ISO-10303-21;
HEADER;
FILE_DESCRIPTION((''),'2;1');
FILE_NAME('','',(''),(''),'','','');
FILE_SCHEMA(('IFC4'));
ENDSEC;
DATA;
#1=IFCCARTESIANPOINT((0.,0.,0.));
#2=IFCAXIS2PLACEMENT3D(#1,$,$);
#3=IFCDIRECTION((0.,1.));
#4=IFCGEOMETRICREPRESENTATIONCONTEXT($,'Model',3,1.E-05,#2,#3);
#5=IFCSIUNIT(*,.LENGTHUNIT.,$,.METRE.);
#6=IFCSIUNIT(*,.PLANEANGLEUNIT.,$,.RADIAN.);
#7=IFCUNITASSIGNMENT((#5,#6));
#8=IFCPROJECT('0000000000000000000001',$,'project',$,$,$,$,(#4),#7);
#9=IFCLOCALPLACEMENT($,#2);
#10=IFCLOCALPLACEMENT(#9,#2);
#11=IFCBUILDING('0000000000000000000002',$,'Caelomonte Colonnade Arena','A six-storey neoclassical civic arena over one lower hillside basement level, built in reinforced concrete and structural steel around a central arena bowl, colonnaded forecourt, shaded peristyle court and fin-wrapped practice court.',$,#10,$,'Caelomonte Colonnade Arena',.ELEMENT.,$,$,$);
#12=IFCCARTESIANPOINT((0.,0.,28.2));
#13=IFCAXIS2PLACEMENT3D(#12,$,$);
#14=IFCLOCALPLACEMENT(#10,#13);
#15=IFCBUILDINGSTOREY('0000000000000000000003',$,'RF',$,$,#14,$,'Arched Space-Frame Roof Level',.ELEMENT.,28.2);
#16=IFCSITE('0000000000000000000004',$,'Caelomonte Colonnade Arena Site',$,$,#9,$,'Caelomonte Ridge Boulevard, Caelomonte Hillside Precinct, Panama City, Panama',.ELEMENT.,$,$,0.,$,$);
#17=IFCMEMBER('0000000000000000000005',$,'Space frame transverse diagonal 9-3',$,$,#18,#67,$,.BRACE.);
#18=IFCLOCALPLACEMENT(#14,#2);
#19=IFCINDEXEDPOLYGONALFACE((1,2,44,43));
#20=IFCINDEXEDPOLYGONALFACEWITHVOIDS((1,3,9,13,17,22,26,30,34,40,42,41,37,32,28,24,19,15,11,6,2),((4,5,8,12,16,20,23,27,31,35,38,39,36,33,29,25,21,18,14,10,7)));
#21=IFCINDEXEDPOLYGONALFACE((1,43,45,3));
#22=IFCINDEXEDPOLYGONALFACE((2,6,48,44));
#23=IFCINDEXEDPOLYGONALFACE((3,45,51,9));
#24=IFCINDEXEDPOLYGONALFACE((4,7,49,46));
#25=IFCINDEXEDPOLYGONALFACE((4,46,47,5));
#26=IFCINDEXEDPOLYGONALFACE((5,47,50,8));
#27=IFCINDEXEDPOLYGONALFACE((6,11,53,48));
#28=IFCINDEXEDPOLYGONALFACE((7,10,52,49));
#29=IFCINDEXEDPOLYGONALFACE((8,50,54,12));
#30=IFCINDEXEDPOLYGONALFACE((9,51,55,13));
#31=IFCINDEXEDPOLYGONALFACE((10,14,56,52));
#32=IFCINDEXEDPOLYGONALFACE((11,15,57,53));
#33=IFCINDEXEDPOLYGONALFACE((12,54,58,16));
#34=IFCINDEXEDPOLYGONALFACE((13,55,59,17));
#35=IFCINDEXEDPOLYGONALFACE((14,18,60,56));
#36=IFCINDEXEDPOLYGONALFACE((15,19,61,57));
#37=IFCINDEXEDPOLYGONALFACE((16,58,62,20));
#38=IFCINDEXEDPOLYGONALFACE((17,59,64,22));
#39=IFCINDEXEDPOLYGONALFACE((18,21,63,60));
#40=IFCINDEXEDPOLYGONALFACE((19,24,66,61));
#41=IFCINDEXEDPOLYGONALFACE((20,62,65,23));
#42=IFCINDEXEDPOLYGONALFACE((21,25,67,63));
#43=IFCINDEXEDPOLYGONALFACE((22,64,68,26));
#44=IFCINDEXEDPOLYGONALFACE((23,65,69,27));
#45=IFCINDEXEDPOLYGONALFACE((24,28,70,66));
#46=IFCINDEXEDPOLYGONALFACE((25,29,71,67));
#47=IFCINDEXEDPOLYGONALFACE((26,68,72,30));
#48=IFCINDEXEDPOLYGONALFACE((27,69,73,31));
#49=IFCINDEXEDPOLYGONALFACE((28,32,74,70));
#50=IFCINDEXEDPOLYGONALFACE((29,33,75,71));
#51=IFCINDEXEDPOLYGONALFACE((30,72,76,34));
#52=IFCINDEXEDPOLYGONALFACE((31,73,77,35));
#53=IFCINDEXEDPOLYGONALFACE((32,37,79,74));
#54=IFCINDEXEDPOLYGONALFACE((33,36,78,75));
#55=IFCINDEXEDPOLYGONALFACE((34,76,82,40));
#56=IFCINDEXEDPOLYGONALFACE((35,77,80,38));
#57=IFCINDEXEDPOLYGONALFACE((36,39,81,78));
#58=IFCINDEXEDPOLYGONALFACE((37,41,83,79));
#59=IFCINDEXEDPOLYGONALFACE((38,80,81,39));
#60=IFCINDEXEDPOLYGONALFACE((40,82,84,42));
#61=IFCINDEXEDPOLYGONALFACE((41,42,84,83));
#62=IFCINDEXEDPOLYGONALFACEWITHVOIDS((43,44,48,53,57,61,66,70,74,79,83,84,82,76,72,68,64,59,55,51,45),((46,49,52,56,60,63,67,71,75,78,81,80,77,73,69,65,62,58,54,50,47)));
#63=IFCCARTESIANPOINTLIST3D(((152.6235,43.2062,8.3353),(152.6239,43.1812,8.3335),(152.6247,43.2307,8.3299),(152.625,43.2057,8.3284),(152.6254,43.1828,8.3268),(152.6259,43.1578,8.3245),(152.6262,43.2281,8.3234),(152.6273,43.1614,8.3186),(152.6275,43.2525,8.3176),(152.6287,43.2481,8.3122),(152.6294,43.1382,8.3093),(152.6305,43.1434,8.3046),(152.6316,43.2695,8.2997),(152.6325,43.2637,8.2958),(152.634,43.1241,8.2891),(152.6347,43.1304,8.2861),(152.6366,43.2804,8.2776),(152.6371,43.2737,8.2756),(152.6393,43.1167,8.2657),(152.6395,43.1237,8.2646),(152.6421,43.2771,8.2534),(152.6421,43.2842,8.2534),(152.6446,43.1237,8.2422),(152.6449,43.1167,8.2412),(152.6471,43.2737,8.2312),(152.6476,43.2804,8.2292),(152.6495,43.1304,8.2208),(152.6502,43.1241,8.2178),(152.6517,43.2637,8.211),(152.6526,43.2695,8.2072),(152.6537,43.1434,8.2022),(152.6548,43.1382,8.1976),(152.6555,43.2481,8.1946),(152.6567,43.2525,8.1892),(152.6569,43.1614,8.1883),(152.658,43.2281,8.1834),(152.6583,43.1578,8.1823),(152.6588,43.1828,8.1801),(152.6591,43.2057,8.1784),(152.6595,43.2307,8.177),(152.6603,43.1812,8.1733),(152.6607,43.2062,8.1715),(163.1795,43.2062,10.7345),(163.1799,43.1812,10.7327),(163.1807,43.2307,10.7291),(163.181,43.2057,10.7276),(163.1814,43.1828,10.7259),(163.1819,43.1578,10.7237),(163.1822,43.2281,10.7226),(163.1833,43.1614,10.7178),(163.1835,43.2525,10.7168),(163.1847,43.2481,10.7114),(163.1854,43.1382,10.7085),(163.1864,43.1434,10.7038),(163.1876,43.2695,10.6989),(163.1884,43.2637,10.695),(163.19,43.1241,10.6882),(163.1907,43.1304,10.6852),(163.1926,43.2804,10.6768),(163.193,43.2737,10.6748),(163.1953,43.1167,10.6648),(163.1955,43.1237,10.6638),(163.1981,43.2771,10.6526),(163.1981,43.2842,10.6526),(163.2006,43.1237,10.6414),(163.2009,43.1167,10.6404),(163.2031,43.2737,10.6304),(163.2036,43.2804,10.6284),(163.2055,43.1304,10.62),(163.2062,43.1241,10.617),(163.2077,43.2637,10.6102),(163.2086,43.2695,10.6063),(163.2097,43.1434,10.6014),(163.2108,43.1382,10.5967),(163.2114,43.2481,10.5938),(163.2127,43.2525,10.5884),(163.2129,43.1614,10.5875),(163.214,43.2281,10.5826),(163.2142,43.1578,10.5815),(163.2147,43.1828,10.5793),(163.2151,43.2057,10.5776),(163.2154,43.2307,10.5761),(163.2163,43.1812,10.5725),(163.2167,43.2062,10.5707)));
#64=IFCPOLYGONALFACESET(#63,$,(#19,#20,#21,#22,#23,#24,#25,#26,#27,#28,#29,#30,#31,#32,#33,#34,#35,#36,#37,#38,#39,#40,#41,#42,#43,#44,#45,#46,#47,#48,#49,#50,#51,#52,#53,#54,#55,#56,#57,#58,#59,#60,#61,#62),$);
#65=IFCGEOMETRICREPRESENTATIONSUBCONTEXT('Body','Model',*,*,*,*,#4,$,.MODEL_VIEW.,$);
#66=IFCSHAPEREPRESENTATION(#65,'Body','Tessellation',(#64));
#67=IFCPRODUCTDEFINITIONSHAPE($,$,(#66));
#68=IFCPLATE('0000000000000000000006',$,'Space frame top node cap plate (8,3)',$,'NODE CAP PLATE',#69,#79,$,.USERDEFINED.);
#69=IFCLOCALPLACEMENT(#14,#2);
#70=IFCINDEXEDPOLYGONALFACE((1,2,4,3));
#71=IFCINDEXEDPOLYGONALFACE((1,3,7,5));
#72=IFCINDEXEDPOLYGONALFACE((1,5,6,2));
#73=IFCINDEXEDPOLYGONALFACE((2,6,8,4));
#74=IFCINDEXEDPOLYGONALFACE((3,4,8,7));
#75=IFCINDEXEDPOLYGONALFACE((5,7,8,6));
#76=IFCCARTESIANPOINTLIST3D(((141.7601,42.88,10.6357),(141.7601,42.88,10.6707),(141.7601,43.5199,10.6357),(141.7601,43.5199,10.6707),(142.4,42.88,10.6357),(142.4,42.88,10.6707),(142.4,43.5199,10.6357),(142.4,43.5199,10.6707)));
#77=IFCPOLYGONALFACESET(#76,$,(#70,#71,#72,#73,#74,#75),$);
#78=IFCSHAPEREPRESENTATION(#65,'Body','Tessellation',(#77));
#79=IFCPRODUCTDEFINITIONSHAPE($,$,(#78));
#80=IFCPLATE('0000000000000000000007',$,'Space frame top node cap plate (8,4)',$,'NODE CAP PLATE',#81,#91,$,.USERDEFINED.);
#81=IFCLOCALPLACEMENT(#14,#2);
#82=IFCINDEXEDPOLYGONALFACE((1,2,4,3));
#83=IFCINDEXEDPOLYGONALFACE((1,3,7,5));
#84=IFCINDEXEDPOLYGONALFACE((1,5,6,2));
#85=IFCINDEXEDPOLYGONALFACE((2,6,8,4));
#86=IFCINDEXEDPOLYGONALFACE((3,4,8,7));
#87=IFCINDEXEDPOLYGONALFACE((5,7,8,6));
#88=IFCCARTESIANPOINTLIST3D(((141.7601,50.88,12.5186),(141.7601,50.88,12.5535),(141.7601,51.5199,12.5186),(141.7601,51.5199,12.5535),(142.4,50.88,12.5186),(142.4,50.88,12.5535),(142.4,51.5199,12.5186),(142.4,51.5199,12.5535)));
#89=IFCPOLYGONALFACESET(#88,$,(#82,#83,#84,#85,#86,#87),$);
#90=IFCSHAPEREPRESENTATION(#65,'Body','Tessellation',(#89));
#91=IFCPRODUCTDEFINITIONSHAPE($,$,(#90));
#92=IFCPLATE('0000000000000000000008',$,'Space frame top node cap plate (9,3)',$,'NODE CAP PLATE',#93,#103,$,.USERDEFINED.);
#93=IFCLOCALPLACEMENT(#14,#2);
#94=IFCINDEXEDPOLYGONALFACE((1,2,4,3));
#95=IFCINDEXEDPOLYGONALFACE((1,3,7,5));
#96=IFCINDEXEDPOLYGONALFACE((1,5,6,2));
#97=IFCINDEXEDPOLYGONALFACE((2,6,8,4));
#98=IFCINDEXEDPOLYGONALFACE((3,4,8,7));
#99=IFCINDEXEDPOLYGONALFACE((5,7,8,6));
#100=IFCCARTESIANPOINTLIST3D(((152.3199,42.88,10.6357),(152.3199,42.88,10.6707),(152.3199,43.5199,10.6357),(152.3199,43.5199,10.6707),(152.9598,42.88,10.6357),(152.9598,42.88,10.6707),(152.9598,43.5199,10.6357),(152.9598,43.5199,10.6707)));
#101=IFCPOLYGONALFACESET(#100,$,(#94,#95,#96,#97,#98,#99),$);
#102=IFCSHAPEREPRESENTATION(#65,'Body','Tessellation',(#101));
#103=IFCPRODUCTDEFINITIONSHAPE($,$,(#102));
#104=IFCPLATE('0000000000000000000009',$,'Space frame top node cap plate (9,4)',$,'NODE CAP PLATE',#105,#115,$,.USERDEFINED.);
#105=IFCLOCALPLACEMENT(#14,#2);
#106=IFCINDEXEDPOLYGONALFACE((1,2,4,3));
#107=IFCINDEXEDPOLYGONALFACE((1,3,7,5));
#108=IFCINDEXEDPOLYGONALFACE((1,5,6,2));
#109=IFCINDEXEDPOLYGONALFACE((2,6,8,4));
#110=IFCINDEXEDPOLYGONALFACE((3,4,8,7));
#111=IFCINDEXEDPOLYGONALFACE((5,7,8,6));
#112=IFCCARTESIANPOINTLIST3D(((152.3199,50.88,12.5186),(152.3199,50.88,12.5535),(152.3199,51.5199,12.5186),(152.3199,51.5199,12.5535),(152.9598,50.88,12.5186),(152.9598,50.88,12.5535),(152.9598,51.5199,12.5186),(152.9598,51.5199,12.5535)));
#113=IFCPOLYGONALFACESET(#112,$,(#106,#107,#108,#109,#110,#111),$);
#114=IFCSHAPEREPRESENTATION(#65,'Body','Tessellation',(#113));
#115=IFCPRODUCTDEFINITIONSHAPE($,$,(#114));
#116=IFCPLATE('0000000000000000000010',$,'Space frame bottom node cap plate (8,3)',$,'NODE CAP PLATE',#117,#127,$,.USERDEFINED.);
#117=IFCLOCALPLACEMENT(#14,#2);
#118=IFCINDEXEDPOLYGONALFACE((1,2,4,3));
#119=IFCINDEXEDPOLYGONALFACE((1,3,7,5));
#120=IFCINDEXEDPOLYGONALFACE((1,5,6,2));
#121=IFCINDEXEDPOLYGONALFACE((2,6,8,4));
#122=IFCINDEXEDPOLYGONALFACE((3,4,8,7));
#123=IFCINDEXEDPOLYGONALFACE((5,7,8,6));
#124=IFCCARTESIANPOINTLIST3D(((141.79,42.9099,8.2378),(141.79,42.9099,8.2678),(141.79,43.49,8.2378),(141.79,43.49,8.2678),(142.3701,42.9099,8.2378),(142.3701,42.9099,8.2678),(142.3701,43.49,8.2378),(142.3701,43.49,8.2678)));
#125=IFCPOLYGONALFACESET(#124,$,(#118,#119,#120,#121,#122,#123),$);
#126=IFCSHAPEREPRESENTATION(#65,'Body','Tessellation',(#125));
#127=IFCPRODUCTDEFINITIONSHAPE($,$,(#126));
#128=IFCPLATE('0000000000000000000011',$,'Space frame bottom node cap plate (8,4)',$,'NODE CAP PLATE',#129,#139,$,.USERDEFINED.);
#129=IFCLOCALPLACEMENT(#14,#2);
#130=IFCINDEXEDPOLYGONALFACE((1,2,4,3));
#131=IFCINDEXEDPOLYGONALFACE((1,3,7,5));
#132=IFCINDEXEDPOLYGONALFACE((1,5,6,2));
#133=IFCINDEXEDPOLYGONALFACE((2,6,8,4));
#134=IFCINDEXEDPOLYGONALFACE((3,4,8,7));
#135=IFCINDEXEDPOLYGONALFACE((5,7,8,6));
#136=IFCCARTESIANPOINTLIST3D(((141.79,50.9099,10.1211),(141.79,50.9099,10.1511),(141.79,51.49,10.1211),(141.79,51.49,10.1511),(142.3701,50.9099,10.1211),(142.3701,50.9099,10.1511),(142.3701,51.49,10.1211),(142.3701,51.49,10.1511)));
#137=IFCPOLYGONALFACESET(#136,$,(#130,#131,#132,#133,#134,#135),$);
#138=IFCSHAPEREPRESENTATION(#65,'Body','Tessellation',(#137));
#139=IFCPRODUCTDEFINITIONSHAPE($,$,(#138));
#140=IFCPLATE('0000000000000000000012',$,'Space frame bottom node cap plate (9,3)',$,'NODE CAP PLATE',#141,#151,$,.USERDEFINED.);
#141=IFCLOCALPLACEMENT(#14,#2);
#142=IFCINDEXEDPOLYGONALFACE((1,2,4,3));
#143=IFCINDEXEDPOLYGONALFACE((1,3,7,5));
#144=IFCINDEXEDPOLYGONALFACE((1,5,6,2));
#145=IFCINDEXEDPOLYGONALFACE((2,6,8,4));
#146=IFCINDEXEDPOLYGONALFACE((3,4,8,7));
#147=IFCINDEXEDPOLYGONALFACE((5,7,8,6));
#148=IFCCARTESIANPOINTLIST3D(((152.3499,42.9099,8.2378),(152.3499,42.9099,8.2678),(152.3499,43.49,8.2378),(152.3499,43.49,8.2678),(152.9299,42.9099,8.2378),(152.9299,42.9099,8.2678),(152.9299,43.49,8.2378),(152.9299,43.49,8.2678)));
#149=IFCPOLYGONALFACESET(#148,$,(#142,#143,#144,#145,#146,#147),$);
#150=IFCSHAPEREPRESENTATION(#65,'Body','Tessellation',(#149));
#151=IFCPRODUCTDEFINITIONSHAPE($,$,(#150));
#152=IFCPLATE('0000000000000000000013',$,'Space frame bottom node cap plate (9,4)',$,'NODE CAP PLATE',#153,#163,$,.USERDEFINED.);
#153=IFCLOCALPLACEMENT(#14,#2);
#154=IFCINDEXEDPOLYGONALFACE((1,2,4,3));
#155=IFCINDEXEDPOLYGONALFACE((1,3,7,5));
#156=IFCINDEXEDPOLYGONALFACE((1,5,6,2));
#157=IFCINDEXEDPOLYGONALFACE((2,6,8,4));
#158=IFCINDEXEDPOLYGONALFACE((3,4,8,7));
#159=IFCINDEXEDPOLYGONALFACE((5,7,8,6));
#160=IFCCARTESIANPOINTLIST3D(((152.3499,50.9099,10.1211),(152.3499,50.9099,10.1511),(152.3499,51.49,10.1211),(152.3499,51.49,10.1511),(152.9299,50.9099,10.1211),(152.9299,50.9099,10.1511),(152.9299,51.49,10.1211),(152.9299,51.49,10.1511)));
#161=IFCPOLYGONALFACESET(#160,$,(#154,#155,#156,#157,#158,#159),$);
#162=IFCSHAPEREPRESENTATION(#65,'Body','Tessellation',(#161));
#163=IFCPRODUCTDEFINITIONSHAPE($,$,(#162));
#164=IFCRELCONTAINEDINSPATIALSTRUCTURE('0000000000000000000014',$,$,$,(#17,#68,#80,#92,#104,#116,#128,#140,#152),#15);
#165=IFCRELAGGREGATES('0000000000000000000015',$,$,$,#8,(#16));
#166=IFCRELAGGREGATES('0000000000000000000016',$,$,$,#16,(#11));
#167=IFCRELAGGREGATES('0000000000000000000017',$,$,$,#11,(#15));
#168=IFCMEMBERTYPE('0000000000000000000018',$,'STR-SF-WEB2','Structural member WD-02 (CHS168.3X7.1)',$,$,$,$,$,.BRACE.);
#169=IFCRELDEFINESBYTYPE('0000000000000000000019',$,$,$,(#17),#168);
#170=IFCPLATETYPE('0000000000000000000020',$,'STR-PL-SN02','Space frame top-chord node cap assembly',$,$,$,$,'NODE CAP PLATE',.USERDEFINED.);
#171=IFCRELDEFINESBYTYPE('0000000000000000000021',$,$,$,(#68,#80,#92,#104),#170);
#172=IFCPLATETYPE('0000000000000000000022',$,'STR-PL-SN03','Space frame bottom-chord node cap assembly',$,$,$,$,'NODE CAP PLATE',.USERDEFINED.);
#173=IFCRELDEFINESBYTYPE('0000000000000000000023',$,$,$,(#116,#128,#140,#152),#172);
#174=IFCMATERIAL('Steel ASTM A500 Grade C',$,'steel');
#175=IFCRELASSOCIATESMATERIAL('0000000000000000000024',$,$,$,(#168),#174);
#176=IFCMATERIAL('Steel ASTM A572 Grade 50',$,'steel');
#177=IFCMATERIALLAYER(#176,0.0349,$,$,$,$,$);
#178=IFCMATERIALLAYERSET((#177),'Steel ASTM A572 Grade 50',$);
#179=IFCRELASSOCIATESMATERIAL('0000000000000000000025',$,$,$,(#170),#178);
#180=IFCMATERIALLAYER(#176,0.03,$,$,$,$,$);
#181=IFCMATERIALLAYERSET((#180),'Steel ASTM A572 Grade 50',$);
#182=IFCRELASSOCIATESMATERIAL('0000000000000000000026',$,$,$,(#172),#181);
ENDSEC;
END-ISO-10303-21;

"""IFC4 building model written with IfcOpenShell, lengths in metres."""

from ifc_helpers import new_model, si_unit, direction, frame, origin, origin_2d, place, context, subcontext, project, spatial, rectangle, hollow_circle, extrude, material, layer, layer_set, material_profile, profile_set, type_object, element, save


model = new_model("IFC4")

# Units and contexts
model_context = context("Model", 3, precision=1e-05, world=origin(), true_north=direction((0.0, 1.0)))
body_context = subcontext(model_context, "Body", "Model", "MODEL_VIEW")
ifc_project = project(units=[si_unit("LENGTHUNIT", "METRE"), si_unit("PLANEANGLEUNIT", "RADIAN")], contexts=[model_context])

# Site, building, storey
site_placement = place(None, origin())
site = spatial("IfcSite", under=ifc_project, at=site_placement, Name="Caelomonte Colonnade Arena Site", LongName="Caelomonte Ridge Boulevard, Caelomonte Hillside Precinct, Panama City, Panama", CompositionType="ELEMENT", RefElevation=0.0)
building_placement = place(site_placement, origin())
building = spatial("IfcBuilding", under=site, at=building_placement, Name="Caelomonte Colonnade Arena", Description="A six-storey neoclassical civic arena over one lower hillside basement level, built in reinforced concrete and structural steel around a central arena bowl, colonnaded forecourt, shaded peristyle court and fin-wrapped practice court.", LongName="Caelomonte Colonnade Arena", CompositionType="ELEMENT")
storey_placement = place(building_placement, frame((0.0, 0.0, 28.2)))
storey = spatial("IfcBuildingStorey", under=building, at=storey_placement, Name="RF", LongName="Arched Space-Frame Roof Level", CompositionType="ELEMENT", Elevation=28.2)

# Member
ifc_material_1 = material(Name="Steel ASTM A500 Grade C", Category="steel")
ifc_material_profile_1 = material_profile(ifc_material_1, hollow_circle(Radius=0.0842, WallThickness=0.0071, at=origin_2d()), Name="CHS168.3X7.1")
ifc_profile_set_1 = profile_set([ifc_material_profile_1], Name="Steel ASTM A500 Grade C")
member_type_1 = type_object("IfcMemberType", Name="STR-SF-WEB2", Description="Structural member WD-02 (CHS168.3X7.1)", PredefinedType="BRACE", material=ifc_profile_set_1)
for number, where, z_axis, x_axis, name in (
    (1, (152.6421, 43.2, 8.2534), (0.975131, 0.0, 0.22163), (0.0, 1.0, 0.0), "Space frame transverse diagonal 9-3"),
):
    element("IfcMember", number, at=place(storey_placement, frame(where, z_axis=z_axis, x_axis=x_axis)), inside=storey, type_object=member_type_1, Name=name, PredefinedType="BRACE", context=body_context, shape_type="SweptSolid", body=[
        extrude(hollow_circle(Radius=0.0842, WallThickness=0.0071, at=origin_2d()), origin(), (0.0, 0.0, 1.0), 10.8252),
    ])

# Plates
ifc_material_2 = material(Name="Steel ASTM A572 Grade 50", Category="steel")
ifc_layer_1 = layer(ifc_material_2, 0.0349)
ifc_layer_set_1 = layer_set([ifc_layer_1], Name="Steel ASTM A572 Grade 50")
plate_type_1 = type_object("IfcPlateType", Name="STR-PL-SN02", Description="Space frame top-chord node cap assembly", ElementType="NODE CAP PLATE", PredefinedType="USERDEFINED", material=ifc_layer_set_1)
for number, where, z_axis, x_axis, name in (
    (2, (142.0801, 43.2, 10.6357), (0.0, 0.0, 1.0), (1.0, 0.0, 0.0), "Space frame top node cap plate (8,3)"),
    (3, (142.0801, 51.2, 12.5186), (0.0, 0.0, 1.0), (1.0, 0.0, 0.0), "Space frame top node cap plate (8,4)"),
    (4, (152.6399, 43.2, 10.6357), (0.0, 0.0, 1.0), (1.0, 0.0, 0.0), "Space frame top node cap plate (9,3)"),
    (5, (152.6399, 51.2, 12.5186), (0.0, 0.0, 1.0), (1.0, 0.0, 0.0), "Space frame top node cap plate (9,4)"),
):
    element("IfcPlate", number, at=place(storey_placement, frame(where, z_axis=z_axis, x_axis=x_axis)), inside=storey, type_object=plate_type_1, Name=name, ObjectType="NODE CAP PLATE", PredefinedType="USERDEFINED", context=body_context, shape_type="SweptSolid", body=[
        extrude(rectangle(XDim=0.6399, YDim=0.6399, at=origin_2d()), origin(), (0.0, 0.0, 1.0), 0.0349),
    ])
ifc_layer_2 = layer(ifc_material_2, 0.03)
ifc_layer_set_2 = layer_set([ifc_layer_2], Name="Steel ASTM A572 Grade 50")
plate_type_2 = type_object("IfcPlateType", Name="STR-PL-SN03", Description="Space frame bottom-chord node cap assembly", ElementType="NODE CAP PLATE", PredefinedType="USERDEFINED", material=ifc_layer_set_2)
for number, where, z_axis, x_axis, name in (
    (6, (142.0801, 43.2, 8.2378), (0.0, 0.0, 1.0), (1.0, 0.0, 0.0), "Space frame bottom node cap plate (8,3)"),
    (7, (142.0801, 51.2, 10.1211), (0.0, 0.0, 1.0), (1.0, 0.0, 0.0), "Space frame bottom node cap plate (8,4)"),
    (8, (152.6399, 43.2, 8.2378), (0.0, 0.0, 1.0), (1.0, 0.0, 0.0), "Space frame bottom node cap plate (9,3)"),
    (9, (152.6399, 51.2, 10.1211), (0.0, 0.0, 1.0), (1.0, 0.0, 0.0), "Space frame bottom node cap plate (9,4)"),
):
    element("IfcPlate", number, at=place(storey_placement, frame(where, z_axis=z_axis, x_axis=x_axis)), inside=storey, type_object=plate_type_2, Name=name, ObjectType="NODE CAP PLATE", PredefinedType="USERDEFINED", context=body_context, shape_type="SweptSolid", body=[
        extrude(rectangle(XDim=0.5801, YDim=0.5801, at=origin_2d()), origin(), (0.0, 0.0, 1.0), 0.03),
    ])

save(model, "model.ifc")
